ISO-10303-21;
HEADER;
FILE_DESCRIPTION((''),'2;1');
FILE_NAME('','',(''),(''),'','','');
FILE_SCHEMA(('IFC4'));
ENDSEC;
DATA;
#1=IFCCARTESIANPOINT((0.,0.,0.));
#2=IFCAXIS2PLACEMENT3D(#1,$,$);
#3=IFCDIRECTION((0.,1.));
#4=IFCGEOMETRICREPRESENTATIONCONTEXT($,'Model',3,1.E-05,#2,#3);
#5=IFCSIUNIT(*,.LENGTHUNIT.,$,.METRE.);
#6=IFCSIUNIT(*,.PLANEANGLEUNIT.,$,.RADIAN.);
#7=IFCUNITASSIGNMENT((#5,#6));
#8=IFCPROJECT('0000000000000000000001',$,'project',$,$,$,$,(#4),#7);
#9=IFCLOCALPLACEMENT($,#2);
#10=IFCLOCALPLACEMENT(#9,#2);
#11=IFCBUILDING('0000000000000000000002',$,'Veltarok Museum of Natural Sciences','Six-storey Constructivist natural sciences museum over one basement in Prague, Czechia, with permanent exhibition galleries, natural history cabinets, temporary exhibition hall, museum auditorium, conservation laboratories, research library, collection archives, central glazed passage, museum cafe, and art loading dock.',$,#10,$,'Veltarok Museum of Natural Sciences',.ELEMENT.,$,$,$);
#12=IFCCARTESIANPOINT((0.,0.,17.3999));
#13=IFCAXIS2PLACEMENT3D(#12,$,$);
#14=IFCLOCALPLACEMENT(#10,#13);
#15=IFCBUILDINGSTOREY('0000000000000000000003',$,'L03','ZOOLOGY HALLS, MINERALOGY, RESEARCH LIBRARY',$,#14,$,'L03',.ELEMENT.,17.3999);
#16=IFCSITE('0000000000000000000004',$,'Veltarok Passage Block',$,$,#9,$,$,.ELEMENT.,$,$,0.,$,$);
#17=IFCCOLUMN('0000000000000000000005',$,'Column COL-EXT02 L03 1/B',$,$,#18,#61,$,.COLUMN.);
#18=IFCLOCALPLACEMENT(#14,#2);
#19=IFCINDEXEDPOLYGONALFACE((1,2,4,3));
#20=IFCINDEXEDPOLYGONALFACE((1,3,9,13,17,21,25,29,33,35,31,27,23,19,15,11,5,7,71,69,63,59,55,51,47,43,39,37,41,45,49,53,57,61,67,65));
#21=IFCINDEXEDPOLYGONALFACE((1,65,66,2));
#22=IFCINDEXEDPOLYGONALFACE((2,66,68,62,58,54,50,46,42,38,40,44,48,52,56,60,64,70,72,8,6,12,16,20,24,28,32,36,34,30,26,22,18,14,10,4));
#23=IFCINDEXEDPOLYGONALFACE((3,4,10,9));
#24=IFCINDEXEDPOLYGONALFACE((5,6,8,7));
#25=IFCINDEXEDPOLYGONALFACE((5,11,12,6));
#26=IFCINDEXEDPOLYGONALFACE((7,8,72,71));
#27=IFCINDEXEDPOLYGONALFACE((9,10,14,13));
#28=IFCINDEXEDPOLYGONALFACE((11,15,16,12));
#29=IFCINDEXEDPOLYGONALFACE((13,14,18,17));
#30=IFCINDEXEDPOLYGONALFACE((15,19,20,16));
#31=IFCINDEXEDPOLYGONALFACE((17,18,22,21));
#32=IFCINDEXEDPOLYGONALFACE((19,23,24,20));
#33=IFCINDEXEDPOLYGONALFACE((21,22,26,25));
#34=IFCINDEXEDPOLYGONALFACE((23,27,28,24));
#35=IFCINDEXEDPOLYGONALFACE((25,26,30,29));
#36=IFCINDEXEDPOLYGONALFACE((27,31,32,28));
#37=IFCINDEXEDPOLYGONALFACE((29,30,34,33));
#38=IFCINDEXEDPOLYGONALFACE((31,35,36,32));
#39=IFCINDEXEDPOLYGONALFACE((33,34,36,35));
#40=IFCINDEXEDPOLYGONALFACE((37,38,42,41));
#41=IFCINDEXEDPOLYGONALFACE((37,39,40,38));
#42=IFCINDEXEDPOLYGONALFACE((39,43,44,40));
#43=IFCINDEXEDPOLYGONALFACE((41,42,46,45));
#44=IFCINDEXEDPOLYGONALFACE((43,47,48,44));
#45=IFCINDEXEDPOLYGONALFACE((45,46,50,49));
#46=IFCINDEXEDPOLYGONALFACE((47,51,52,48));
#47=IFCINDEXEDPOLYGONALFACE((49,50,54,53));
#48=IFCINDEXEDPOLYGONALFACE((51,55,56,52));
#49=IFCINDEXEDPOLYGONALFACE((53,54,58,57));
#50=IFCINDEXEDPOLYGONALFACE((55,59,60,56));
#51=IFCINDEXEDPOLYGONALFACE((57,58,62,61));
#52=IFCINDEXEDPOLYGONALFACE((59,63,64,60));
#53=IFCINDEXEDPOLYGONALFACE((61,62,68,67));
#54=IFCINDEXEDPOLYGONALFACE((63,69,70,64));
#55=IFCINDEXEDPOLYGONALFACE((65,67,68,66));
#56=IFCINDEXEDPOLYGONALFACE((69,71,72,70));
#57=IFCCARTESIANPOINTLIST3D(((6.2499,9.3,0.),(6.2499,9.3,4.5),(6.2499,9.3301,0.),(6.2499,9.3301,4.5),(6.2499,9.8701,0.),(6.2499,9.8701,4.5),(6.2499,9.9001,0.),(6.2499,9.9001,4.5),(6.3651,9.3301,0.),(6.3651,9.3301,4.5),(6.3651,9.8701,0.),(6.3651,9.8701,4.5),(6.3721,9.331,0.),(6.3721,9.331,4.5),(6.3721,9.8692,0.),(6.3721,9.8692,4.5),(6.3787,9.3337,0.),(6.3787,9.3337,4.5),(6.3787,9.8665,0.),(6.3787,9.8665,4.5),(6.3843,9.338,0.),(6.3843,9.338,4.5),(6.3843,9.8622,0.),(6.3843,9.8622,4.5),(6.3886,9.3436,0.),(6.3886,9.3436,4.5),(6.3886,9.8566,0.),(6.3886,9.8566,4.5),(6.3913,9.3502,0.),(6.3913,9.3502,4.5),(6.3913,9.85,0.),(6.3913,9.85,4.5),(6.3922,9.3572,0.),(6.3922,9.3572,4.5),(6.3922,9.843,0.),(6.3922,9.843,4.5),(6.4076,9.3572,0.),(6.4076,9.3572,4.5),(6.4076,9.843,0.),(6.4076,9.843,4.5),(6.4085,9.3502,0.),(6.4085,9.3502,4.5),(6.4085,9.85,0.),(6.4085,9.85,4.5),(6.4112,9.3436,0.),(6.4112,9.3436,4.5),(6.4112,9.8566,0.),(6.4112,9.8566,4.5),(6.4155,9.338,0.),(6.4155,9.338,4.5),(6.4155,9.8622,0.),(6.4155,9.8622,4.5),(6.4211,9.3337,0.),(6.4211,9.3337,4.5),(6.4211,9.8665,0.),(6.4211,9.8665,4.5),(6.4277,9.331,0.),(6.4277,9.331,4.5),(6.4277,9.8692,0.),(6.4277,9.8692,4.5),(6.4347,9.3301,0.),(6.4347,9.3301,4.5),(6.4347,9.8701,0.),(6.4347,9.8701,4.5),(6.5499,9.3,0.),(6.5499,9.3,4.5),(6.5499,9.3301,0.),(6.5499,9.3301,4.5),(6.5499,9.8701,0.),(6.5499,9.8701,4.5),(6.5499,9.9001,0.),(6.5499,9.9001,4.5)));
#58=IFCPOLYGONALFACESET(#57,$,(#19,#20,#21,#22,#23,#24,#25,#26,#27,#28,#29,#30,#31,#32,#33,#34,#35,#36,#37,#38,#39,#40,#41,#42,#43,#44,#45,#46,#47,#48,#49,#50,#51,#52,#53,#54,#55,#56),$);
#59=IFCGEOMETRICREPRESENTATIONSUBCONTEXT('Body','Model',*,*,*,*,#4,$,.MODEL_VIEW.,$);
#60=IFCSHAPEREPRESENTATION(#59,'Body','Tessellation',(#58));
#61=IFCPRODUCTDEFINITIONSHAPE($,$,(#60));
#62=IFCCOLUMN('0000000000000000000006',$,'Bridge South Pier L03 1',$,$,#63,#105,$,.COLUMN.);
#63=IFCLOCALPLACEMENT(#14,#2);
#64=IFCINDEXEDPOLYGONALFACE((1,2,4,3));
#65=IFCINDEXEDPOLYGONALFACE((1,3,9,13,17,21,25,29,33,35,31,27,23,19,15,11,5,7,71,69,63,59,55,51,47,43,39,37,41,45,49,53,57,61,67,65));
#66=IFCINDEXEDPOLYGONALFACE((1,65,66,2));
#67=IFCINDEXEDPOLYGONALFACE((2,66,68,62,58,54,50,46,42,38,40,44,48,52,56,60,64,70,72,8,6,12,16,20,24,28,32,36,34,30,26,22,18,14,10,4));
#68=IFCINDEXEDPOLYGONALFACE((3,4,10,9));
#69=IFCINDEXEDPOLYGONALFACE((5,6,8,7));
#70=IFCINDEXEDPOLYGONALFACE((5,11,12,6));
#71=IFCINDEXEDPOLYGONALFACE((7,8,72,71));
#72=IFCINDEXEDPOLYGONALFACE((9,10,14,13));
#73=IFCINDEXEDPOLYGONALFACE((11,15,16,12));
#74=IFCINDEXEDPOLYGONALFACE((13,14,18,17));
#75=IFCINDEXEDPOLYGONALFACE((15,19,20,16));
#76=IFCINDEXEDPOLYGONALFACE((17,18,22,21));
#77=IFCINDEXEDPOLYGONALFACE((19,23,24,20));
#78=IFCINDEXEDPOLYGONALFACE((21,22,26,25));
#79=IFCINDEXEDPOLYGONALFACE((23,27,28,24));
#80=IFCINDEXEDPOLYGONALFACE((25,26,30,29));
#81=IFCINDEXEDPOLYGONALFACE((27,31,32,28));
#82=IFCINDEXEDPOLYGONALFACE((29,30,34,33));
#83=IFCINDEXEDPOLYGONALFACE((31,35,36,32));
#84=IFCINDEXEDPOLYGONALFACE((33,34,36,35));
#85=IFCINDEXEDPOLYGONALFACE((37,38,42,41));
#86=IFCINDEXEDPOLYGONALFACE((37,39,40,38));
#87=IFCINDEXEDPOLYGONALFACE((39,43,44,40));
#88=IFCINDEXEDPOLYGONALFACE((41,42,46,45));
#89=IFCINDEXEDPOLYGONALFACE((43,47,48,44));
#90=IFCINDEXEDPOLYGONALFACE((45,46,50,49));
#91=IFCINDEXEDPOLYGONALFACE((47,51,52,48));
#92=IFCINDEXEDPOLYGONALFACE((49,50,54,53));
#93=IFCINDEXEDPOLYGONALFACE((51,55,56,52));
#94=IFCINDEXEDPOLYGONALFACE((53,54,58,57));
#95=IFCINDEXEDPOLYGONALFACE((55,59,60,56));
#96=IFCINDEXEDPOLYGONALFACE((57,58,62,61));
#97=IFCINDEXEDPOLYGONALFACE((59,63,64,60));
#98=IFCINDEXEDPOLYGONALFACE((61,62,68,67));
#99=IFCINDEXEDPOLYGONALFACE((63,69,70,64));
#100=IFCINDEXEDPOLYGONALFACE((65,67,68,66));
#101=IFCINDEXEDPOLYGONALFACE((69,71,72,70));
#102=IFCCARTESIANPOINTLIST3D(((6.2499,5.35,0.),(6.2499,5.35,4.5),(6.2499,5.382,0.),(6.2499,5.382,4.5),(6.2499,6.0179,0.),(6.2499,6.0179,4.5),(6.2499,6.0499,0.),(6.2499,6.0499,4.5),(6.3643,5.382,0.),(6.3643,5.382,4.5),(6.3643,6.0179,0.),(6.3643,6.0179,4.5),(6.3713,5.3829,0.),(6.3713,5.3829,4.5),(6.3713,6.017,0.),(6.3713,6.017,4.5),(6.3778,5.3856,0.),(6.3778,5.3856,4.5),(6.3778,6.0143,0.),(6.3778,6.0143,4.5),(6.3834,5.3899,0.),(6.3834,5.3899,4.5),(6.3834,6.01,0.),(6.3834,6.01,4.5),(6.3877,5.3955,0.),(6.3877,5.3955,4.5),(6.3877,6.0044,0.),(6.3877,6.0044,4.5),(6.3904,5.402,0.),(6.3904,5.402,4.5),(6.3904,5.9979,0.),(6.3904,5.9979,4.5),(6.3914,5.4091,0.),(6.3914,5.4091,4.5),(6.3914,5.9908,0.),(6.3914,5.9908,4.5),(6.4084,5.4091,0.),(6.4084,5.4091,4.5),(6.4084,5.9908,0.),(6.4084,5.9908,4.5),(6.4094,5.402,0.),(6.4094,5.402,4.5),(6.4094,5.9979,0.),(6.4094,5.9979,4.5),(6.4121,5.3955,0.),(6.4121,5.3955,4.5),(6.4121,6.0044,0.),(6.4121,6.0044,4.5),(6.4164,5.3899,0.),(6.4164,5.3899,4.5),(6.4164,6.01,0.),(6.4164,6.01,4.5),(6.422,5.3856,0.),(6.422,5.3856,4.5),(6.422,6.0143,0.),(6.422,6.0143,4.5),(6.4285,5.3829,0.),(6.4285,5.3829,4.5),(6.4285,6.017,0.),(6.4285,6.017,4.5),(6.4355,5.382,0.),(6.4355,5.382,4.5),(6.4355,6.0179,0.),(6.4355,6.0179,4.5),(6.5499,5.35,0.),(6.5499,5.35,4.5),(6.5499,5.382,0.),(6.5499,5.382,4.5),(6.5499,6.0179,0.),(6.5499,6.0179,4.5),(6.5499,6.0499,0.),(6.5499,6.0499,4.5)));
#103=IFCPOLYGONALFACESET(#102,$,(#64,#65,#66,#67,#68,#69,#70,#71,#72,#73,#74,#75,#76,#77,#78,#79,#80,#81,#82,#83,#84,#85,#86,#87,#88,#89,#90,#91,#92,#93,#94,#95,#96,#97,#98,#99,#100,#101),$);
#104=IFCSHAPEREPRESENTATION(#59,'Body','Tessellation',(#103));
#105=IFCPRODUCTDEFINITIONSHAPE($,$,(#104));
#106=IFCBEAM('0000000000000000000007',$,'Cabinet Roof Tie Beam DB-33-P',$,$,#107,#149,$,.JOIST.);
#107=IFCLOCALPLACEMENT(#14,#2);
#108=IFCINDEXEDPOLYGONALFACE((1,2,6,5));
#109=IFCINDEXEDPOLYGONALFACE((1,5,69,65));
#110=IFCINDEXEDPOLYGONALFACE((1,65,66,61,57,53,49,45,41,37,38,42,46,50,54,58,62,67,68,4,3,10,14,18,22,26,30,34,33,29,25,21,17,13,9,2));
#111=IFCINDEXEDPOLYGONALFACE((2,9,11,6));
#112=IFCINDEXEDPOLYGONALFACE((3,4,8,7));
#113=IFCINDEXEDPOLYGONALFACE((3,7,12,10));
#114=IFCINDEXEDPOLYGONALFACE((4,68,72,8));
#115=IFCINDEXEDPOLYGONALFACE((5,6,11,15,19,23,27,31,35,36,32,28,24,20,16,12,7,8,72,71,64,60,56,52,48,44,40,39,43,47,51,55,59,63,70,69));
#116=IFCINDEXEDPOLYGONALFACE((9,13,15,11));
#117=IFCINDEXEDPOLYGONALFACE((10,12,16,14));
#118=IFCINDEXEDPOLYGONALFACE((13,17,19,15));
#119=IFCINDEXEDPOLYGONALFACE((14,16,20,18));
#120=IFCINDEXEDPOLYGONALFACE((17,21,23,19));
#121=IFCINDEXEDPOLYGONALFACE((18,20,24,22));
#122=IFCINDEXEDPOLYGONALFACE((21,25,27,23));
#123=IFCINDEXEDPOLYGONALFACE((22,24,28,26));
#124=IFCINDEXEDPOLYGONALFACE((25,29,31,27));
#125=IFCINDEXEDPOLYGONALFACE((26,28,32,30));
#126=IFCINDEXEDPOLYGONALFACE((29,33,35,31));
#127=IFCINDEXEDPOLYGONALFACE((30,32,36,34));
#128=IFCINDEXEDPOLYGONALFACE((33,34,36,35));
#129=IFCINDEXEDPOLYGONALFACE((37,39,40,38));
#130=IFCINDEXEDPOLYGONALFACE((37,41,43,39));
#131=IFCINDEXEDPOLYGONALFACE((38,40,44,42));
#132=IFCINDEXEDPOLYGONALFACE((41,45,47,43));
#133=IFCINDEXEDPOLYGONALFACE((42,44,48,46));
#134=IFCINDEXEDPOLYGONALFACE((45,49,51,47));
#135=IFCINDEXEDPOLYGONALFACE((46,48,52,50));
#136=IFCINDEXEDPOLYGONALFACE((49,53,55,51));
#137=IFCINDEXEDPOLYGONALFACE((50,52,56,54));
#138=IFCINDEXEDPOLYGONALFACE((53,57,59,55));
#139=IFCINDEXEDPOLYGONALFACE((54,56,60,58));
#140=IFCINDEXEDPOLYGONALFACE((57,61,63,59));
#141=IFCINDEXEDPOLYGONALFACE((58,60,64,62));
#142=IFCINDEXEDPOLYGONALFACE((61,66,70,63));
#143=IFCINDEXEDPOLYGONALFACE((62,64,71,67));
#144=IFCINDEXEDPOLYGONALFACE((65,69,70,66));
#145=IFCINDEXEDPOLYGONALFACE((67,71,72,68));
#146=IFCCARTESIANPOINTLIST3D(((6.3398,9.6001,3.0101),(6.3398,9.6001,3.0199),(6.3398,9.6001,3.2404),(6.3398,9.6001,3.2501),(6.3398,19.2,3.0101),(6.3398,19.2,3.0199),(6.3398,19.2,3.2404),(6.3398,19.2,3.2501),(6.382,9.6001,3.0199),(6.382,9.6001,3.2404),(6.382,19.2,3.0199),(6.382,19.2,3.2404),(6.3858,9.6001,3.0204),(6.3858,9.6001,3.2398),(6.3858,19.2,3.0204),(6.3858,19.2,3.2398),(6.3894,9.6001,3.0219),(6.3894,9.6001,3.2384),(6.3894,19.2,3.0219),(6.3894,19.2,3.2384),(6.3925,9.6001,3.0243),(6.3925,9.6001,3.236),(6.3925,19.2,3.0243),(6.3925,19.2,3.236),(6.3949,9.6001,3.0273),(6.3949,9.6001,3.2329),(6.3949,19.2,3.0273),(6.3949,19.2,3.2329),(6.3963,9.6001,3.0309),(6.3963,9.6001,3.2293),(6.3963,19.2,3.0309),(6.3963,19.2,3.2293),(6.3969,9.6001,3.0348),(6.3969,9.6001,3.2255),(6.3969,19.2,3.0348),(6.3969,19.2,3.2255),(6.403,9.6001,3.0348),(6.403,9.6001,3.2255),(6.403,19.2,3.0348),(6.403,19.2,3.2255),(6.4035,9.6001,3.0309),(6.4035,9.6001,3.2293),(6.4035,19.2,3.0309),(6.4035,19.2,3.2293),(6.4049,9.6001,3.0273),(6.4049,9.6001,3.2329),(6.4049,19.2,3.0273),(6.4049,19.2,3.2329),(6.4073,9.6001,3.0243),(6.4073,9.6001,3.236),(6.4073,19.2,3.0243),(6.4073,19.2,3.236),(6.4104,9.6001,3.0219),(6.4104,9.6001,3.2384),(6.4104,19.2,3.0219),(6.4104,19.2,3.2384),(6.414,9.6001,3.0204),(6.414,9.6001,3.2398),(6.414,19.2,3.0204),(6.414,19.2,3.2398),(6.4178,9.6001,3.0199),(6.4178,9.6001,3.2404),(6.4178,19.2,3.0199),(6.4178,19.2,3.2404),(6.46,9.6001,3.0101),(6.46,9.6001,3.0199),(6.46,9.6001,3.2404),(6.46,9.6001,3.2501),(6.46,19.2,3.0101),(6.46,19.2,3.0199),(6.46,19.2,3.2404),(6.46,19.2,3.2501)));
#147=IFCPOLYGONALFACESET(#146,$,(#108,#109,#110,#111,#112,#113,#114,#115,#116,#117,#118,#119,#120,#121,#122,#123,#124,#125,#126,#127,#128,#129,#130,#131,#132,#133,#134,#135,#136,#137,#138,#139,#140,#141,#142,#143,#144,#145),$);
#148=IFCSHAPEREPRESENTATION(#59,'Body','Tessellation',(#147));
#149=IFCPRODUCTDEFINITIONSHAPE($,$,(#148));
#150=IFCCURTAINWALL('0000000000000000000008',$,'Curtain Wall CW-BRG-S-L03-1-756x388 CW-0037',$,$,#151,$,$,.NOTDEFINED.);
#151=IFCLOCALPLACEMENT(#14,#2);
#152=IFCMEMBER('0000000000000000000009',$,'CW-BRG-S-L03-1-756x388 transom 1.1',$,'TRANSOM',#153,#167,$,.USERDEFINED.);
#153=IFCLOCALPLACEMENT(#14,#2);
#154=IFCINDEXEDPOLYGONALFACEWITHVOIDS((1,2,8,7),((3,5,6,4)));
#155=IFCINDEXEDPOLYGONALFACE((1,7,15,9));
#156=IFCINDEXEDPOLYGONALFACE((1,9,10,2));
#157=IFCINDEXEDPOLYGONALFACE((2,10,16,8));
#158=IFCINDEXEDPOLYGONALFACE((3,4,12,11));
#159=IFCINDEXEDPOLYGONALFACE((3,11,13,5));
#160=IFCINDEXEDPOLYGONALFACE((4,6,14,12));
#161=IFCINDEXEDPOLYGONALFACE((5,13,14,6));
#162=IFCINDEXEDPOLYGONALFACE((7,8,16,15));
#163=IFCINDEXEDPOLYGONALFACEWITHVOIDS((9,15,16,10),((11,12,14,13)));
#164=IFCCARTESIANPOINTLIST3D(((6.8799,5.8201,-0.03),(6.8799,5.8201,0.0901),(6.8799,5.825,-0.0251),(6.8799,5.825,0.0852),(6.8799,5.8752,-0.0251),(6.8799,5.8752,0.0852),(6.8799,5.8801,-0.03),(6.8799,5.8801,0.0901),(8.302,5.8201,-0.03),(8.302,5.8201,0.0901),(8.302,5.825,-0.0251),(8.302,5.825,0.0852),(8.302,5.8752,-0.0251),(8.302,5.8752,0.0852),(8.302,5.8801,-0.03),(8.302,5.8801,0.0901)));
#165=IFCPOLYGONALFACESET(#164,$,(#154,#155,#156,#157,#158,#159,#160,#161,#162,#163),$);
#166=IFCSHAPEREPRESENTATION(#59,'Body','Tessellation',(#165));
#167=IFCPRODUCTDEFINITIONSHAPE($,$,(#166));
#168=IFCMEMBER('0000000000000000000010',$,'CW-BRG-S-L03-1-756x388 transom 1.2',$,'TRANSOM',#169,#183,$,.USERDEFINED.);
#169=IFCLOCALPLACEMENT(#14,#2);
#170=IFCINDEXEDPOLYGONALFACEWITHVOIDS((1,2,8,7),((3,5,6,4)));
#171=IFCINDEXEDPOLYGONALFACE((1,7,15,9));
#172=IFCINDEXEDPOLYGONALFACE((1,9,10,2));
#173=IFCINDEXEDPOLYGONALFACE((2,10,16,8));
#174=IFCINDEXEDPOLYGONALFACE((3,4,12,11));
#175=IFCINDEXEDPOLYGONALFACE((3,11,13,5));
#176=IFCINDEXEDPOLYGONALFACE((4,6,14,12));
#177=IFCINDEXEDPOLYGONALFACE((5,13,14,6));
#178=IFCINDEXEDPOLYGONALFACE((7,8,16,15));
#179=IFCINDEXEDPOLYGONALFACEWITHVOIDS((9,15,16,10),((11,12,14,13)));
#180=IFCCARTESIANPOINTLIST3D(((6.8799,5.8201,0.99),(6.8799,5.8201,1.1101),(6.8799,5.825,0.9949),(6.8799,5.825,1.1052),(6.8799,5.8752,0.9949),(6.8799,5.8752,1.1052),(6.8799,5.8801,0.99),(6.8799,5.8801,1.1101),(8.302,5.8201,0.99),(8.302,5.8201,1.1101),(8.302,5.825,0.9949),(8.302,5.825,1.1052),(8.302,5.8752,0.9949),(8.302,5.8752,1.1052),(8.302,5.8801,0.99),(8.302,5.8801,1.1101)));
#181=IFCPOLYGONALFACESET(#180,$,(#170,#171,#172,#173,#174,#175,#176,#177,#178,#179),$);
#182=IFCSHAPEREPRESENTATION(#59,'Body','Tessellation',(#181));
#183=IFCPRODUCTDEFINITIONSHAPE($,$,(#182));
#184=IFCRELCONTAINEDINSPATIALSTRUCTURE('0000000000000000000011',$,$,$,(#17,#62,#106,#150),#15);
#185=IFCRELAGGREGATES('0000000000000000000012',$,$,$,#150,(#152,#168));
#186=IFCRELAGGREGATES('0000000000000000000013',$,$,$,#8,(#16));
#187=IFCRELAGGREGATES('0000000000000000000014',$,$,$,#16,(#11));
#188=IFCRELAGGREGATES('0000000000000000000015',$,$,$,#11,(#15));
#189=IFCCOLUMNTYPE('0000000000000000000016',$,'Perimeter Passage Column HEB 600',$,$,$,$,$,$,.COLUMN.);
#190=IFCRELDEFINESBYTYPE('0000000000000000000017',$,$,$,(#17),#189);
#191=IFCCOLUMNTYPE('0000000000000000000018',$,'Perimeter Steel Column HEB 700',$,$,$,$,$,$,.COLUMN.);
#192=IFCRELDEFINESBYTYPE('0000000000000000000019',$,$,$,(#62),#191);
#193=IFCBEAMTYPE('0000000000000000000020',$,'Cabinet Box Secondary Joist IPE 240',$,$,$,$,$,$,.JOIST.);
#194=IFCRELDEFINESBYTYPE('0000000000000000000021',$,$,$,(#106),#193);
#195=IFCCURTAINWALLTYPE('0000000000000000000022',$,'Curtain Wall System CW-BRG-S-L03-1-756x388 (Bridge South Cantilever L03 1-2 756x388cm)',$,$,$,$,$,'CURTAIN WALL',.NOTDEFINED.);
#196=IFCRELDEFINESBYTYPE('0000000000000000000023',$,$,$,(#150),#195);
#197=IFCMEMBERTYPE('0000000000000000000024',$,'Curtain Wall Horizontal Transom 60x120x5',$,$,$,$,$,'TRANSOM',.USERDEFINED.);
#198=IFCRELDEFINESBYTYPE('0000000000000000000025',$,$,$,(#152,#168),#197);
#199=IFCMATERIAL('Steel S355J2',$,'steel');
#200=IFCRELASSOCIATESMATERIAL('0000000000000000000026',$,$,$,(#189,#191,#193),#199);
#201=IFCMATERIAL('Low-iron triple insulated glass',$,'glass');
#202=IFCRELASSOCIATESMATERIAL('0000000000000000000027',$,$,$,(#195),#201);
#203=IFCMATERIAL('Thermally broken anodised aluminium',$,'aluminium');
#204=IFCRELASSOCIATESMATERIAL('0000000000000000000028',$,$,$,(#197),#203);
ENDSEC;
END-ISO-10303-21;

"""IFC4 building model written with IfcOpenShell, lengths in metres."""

from ifc_helpers import new_model, si_unit, direction, frame, origin, origin_2d, place, context, subcontext, project, spatial, hollow_rectangle, i_section, extrude, material, material_profile, profile_set, type_object, element, aggregate, save


model = new_model("IFC4")

# Units and contexts
model_context = context("Model", 3, precision=1e-05, world=origin(), true_north=direction((0.0, 1.0)))
body_context = subcontext(model_context, "Body", "Model", "MODEL_VIEW")
ifc_project = project(units=[si_unit("LENGTHUNIT", "METRE"), si_unit("PLANEANGLEUNIT", "RADIAN")], contexts=[model_context])

# Site, building, storey
site_placement = place(None, origin())
site = spatial("IfcSite", under=ifc_project, at=site_placement, Name="Veltarok Passage Block", CompositionType="ELEMENT", RefElevation=0.0)
building_placement = place(site_placement, origin())
building = spatial("IfcBuilding", under=site, at=building_placement, Name="Veltarok Museum of Natural Sciences", Description="Six-storey Constructivist natural sciences museum over one basement in Prague, Czechia, with permanent exhibition galleries, natural history cabinets, temporary exhibition hall, museum auditorium, conservation laboratories, research library, collection archives, central glazed passage, museum cafe, and art loading dock.", LongName="Veltarok Museum of Natural Sciences", CompositionType="ELEMENT")
storey_placement = place(building_placement, frame((0.0, 0.0, 17.3999)))
storey = spatial("IfcBuildingStorey", under=building, at=storey_placement, Name="L03", Description="ZOOLOGY HALLS, MINERALOGY, RESEARCH LIBRARY", LongName="L03", CompositionType="ELEMENT", Elevation=17.3999)

# Columns
ifc_material_1 = material(Name="Steel S355J2", Category="steel")
ifc_material_profile_1 = material_profile(ifc_material_1, i_section(OverallWidth=0.3, OverallDepth=0.6001, WebThickness=0.0154, FlangeThickness=0.03, FilletRadius=0.0271, at=origin_2d()), Name="HEB 600")
ifc_profile_set_1 = profile_set([ifc_material_profile_1], Name="Steel S355J2")
column_type_1 = type_object("IfcColumnType", Name="Perimeter Passage Column HEB 600", PredefinedType="COLUMN", material=ifc_profile_set_1)
column_1_placement = place(storey_placement, frame((6.3999, 9.6001, 0.0), z_axis=(0.0, 0.0, 1.0), x_axis=(1.0, 0.0, 0.0)))
element("IfcColumn", 1, at=column_1_placement, inside=storey, type_object=column_type_1, Name="Column COL-EXT02 L03 1/B", PredefinedType="COLUMN", context=body_context, shape_type="SweptSolid", body=[
    extrude(i_section(OverallWidth=0.3, OverallDepth=0.6001, WebThickness=0.0154, FlangeThickness=0.03, FilletRadius=0.0271, at=origin_2d()), origin(), (0.0, 0.0, 1.0), 4.5),
])
ifc_material_profile_2 = material_profile(ifc_material_1, i_section(OverallWidth=0.3, OverallDepth=0.7, WebThickness=0.0171, FlangeThickness=0.032, FilletRadius=0.0271, at=origin_2d()), Name="HEB 700")
ifc_profile_set_2 = profile_set([ifc_material_profile_2], Name="Steel S355J2")
column_type_2 = type_object("IfcColumnType", Name="Perimeter Steel Column HEB 700", PredefinedType="COLUMN", material=ifc_profile_set_2)
column_2_placement = place(storey_placement, frame((6.3999, 5.7, 0.0), z_axis=(0.0, 0.0, 1.0), x_axis=(1.0, 0.0, 0.0)))
element("IfcColumn", 2, at=column_2_placement, inside=storey, type_object=column_type_2, Name="Bridge South Pier L03 1", PredefinedType="COLUMN", context=body_context, shape_type="SweptSolid", body=[
    extrude(i_section(OverallWidth=0.3, OverallDepth=0.7, WebThickness=0.0171, FlangeThickness=0.032, FilletRadius=0.0271, at=origin_2d()), origin(), (0.0, 0.0, 1.0), 4.5),
])

# Beam
ifc_material_profile_3 = material_profile(ifc_material_1, i_section(OverallWidth=0.1201, OverallDepth=0.24, WebThickness=0.0061, FlangeThickness=0.0098, FilletRadius=0.0149, at=origin_2d()), Name="IPE 240")
ifc_profile_set_3 = profile_set([ifc_material_profile_3], Name="Steel S355J2")
beam_type_1 = type_object("IfcBeamType", Name="Cabinet Box Secondary Joist IPE 240", PredefinedType="JOIST", material=ifc_profile_set_3)
beam_1_placement = place(storey_placement, frame((6.3999, 9.6001, 3.1301), z_axis=(0.0, 1.0, 0.0), x_axis=(-1.0, 0.0, 0.0)))
element("IfcBeam", 3, at=beam_1_placement, inside=storey, type_object=beam_type_1, Name="Cabinet Roof Tie Beam DB-33-P", PredefinedType="JOIST", context=body_context, shape_type="SweptSolid", body=[
    extrude(i_section(OverallWidth=0.1201, OverallDepth=0.24, WebThickness=0.0061, FlangeThickness=0.0098, FilletRadius=0.0149, at=origin_2d()), origin(), (0.0, 0.0, 1.0), 9.5999),
])

# Curtain wall, members
ifc_material_2 = material(Name="Low-iron triple insulated glass", Category="glass")
curtain_wall_type = type_object("IfcCurtainWallType", Name="Curtain Wall System CW-BRG-S-L03-1-756x388 (Bridge South Cantilever L03 1-2 756x388cm)", ElementType="CURTAIN WALL", PredefinedType="NOTDEFINED", material=ifc_material_2)
curtain_wall_placement = place(storey_placement, origin())
curtain_wall = element("IfcCurtainWall", 4, at=curtain_wall_placement, inside=storey, type_object=curtain_wall_type, Name="Curtain Wall CW-BRG-S-L03-1-756x388 CW-0037", PredefinedType="NOTDEFINED")
ifc_material_3 = material(Name="Thermally broken anodised aluminium", Category="aluminium")
ifc_material_profile_4 = material_profile(ifc_material_3, hollow_rectangle(XDim=0.0601, YDim=0.1201, WallThickness=0.0049, at=origin_2d()), Name="CW TRANSOM 60x120x5")
ifc_profile_set_4 = profile_set([ifc_material_profile_4], Name="Thermally broken anodised aluminium")
member_type_1 = type_object("IfcMemberType", Name="Curtain Wall Horizontal Transom 60x120x5", ElementType="TRANSOM", PredefinedType="USERDEFINED", material=ifc_profile_set_4)
member_1_placement = place(storey_placement, frame((6.8799, 5.8501, 0.03), z_axis=(1.0, 0.0, 0.0), x_axis=(0.0, 1.0, 0.0)))
member_1 = element("IfcMember", 5, at=member_1_placement, type_object=member_type_1, Name="CW-BRG-S-L03-1-756x388 transom 1.1", ObjectType="TRANSOM", PredefinedType="USERDEFINED", context=body_context, shape_type="SweptSolid", body=[
    extrude(hollow_rectangle(XDim=0.0601, YDim=0.1201, WallThickness=0.0049, at=origin_2d()), origin(), (0.0, 0.0, 1.0), 1.4221),
])
member_2_placement = place(storey_placement, frame((6.8799, 5.8501, 1.05), z_axis=(1.0, 0.0, 0.0), x_axis=(0.0, 1.0, 0.0)))
member_2 = element("IfcMember", 6, at=member_2_placement, type_object=member_type_1, Name="CW-BRG-S-L03-1-756x388 transom 1.2", ObjectType="TRANSOM", PredefinedType="USERDEFINED", context=body_context, shape_type="SweptSolid", body=[
    extrude(hollow_rectangle(XDim=0.0601, YDim=0.1201, WallThickness=0.0049, at=origin_2d()), origin(), (0.0, 0.0, 1.0), 1.4221),
])

aggregate(curtain_wall, [member_1, member_2])

save(model, "model.ifc")
